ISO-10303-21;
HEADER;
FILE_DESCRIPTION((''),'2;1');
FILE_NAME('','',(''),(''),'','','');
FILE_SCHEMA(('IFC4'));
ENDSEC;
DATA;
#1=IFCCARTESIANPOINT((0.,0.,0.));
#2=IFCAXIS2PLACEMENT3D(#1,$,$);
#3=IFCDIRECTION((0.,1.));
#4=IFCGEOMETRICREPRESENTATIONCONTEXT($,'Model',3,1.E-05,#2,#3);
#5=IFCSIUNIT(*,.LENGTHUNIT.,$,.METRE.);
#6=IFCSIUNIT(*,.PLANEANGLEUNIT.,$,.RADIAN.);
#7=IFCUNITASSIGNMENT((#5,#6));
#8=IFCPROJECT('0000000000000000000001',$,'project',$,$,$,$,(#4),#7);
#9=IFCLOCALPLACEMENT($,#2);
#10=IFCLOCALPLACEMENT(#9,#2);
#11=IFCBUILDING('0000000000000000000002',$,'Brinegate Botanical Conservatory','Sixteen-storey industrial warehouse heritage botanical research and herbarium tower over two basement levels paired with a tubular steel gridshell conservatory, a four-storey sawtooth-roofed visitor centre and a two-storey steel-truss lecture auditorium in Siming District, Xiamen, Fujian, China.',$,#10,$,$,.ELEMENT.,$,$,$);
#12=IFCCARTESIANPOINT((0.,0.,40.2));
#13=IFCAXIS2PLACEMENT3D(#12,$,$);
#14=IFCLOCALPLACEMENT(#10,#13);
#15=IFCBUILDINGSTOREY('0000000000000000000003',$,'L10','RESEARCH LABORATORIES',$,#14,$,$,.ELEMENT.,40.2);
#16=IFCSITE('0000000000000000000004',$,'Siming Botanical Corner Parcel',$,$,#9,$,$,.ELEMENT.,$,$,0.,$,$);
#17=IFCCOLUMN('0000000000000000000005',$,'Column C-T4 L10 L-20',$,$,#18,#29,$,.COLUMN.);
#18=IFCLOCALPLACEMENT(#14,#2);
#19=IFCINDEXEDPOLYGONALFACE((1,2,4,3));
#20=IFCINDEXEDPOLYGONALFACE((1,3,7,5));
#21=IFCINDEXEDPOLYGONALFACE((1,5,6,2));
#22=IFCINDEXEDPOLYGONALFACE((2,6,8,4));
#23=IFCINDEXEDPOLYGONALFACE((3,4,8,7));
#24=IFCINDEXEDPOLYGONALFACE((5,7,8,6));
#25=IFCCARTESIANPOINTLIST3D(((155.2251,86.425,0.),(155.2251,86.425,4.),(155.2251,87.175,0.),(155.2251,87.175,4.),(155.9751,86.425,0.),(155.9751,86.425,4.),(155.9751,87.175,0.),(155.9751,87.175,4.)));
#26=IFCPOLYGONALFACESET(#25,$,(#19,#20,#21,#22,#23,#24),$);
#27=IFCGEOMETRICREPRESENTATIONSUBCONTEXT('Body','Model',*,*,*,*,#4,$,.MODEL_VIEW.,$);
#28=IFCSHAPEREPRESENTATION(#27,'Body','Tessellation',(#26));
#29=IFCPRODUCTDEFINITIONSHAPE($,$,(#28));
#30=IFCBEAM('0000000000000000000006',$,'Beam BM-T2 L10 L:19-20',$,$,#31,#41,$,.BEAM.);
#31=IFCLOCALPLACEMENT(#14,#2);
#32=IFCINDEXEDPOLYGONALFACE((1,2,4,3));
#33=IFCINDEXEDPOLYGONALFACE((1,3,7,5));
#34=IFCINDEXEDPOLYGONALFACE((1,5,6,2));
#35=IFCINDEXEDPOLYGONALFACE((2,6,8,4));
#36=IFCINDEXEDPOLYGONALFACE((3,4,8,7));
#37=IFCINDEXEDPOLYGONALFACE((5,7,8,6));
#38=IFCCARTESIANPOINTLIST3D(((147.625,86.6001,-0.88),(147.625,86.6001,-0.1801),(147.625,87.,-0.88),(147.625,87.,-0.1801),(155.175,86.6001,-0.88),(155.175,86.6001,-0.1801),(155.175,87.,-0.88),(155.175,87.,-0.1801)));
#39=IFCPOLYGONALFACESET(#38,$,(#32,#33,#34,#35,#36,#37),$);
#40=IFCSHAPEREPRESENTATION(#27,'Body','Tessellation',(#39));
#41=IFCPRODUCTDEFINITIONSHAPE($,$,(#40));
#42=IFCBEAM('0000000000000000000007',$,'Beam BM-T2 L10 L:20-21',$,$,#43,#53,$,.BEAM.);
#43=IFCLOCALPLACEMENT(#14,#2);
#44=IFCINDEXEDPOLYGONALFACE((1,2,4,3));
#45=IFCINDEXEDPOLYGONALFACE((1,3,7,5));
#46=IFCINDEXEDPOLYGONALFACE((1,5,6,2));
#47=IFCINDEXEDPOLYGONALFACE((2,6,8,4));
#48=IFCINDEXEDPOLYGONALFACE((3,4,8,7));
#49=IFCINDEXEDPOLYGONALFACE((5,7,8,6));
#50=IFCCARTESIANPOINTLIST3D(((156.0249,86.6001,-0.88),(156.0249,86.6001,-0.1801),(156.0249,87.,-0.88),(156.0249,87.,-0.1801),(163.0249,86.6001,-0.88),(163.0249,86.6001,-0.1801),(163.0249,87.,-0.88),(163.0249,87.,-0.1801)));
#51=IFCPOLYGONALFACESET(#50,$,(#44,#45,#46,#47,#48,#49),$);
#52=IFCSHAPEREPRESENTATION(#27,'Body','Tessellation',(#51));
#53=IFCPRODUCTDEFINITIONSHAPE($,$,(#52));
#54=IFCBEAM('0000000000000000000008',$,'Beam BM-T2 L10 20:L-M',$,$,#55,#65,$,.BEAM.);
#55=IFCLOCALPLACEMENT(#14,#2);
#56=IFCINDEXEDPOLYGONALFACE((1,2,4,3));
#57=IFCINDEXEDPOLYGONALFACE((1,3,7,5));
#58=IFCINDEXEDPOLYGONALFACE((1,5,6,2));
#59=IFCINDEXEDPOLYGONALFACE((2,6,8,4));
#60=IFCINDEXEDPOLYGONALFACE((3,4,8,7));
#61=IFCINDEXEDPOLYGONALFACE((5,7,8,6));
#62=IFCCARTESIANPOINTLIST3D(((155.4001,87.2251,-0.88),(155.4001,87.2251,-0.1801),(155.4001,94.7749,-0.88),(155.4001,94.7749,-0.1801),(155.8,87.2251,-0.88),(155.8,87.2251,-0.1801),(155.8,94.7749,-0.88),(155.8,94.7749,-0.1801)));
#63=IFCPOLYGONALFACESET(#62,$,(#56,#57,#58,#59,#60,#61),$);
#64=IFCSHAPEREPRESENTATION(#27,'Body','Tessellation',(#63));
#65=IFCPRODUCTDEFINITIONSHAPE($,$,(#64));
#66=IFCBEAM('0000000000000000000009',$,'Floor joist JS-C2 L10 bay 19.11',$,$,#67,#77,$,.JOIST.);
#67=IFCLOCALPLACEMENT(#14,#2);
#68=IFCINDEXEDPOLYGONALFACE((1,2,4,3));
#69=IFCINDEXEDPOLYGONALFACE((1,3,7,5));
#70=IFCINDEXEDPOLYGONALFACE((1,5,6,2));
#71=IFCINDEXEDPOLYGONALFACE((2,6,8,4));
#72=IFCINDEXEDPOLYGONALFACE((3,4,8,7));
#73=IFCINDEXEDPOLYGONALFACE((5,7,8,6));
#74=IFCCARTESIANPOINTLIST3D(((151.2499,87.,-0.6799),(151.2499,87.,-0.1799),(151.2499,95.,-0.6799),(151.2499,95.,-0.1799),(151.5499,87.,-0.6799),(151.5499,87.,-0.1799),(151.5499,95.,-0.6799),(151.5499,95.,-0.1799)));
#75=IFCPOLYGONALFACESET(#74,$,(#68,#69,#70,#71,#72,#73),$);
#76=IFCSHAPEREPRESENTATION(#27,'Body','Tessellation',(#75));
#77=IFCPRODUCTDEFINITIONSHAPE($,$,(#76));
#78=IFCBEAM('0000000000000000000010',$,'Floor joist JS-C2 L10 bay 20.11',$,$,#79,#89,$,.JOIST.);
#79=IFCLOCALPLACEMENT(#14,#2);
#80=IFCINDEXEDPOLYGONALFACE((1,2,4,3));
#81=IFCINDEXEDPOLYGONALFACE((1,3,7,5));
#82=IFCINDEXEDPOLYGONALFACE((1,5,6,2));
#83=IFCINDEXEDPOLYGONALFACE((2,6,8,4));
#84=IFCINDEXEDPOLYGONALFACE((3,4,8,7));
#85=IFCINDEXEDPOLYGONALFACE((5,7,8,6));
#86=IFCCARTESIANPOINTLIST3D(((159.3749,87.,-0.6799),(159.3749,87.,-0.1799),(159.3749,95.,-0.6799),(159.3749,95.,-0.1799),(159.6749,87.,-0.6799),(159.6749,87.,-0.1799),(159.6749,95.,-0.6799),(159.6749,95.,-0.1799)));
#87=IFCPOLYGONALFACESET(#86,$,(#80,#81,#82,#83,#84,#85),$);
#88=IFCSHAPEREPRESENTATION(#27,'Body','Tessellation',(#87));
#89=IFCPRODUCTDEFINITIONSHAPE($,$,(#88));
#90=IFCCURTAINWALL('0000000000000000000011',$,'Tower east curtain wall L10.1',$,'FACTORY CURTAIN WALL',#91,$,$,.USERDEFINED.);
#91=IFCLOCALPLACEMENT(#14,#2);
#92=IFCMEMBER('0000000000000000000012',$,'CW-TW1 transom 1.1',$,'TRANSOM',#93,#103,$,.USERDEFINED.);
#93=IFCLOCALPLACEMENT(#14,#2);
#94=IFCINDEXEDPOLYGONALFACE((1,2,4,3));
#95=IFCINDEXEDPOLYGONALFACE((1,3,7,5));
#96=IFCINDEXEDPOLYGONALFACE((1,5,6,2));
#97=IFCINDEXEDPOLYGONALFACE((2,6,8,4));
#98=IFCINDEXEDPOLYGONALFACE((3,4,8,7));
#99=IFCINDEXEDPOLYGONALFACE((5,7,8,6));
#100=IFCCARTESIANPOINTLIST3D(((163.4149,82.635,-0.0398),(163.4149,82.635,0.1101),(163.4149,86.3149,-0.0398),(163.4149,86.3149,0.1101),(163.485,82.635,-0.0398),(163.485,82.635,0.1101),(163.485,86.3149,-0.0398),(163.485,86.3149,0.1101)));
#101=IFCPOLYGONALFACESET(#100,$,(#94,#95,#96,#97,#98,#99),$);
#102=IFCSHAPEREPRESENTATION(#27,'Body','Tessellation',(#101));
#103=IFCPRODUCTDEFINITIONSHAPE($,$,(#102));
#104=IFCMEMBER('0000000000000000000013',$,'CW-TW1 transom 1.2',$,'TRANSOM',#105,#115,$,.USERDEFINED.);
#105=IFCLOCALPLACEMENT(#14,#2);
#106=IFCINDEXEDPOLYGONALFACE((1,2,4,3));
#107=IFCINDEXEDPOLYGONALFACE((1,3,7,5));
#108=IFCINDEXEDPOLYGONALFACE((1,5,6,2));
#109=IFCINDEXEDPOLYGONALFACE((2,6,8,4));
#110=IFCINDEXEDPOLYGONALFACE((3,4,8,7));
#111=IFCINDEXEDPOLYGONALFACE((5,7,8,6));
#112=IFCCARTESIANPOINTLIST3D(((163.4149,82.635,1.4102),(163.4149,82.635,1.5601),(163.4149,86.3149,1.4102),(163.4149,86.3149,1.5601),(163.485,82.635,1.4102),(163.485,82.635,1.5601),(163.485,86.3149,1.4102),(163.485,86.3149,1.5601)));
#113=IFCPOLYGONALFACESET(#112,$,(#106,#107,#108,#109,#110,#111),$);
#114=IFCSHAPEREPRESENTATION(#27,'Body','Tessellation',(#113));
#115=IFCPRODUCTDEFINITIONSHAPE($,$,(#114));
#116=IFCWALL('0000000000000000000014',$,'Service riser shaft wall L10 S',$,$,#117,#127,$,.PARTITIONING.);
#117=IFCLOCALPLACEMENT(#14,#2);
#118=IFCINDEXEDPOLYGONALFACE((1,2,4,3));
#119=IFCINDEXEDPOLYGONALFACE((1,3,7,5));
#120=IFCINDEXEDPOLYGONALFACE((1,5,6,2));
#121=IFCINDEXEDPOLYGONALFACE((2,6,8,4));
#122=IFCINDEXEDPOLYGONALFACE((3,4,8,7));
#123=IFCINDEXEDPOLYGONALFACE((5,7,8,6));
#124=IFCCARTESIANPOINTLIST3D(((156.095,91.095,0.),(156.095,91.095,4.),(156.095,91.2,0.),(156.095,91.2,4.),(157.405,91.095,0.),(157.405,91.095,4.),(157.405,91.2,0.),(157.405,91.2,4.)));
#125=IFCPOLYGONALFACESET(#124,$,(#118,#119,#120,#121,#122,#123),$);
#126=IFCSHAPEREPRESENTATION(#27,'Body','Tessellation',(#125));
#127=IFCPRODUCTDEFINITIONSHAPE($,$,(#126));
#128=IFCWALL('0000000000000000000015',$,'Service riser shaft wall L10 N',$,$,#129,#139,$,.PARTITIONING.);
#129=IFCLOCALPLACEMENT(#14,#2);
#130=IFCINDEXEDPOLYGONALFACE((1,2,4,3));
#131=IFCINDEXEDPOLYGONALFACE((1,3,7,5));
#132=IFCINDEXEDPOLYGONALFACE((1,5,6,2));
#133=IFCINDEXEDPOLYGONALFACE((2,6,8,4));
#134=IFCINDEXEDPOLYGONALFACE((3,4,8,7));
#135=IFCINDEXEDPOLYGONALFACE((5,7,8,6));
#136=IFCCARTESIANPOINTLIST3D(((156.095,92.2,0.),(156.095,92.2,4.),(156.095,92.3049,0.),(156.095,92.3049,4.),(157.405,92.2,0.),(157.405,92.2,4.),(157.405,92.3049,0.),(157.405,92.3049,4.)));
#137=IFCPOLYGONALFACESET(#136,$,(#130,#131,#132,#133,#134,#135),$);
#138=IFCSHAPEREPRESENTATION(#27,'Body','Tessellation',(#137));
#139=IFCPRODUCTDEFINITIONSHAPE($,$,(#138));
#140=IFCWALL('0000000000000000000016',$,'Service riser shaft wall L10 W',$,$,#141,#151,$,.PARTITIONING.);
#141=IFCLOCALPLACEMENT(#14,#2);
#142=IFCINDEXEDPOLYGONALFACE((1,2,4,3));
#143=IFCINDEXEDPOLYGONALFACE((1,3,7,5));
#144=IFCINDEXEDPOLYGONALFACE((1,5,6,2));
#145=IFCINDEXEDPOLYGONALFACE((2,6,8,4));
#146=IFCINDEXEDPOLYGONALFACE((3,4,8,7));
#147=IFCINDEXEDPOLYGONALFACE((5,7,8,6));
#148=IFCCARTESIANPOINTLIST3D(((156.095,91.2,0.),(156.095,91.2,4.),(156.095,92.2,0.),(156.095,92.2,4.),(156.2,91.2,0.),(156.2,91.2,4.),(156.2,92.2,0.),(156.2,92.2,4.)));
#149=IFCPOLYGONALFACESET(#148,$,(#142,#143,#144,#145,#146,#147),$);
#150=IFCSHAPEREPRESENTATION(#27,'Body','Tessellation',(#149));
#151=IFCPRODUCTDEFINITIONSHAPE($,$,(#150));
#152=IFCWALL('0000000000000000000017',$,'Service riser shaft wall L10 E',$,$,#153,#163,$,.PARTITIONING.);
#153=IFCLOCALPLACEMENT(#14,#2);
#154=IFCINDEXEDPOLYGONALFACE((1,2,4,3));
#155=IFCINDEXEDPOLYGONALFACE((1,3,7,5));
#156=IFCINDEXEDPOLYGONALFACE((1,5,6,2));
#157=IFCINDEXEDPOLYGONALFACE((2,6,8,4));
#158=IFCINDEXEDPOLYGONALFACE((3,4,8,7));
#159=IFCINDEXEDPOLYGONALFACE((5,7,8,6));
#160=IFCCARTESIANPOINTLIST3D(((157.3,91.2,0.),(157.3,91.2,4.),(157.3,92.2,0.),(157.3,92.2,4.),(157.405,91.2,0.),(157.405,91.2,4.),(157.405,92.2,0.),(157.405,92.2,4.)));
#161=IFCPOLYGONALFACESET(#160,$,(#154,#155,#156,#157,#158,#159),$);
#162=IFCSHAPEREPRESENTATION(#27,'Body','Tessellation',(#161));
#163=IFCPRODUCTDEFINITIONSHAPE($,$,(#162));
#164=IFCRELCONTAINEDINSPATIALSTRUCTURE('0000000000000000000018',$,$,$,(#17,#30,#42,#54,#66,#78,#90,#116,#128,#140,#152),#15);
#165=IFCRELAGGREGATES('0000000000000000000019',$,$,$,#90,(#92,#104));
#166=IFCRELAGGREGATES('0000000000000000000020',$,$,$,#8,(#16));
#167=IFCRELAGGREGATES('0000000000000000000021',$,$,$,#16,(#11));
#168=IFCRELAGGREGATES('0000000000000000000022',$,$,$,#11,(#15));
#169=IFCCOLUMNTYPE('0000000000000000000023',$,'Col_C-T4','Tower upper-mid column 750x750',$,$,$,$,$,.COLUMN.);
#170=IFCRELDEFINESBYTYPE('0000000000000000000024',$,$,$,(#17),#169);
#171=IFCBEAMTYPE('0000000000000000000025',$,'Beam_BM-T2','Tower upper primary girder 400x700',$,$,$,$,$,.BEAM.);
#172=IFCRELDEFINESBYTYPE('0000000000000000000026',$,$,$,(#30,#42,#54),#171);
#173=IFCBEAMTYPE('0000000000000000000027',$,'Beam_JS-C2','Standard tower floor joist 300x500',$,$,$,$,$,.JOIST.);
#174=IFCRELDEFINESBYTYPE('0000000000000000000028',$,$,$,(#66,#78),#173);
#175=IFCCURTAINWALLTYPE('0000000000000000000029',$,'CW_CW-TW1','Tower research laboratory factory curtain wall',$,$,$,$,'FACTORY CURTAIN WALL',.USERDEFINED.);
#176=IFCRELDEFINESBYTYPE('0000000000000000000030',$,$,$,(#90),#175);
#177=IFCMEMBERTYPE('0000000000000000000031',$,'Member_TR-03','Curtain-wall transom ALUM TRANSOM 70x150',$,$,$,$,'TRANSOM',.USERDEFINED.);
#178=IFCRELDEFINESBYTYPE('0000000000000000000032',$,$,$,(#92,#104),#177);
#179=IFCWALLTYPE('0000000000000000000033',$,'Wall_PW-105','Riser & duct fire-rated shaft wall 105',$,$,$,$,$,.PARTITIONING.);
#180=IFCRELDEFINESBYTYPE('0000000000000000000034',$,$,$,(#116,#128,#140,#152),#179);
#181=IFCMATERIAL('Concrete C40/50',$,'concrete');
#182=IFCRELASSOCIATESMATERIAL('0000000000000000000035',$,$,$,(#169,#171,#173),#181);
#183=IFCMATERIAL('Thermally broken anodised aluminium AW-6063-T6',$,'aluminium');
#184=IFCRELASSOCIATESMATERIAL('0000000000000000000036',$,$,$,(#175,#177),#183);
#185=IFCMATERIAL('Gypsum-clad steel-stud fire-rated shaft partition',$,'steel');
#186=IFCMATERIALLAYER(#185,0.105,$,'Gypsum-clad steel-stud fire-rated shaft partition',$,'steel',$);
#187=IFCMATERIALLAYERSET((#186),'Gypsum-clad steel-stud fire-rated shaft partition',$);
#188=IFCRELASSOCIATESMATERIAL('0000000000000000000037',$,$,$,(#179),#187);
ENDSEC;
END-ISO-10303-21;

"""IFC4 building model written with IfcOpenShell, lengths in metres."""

from ifc_helpers import new_model, si_unit, direction, frame, frame_2d, origin, origin_2d, place, context, subcontext, project, spatial, rectangle, extrude, material, layer, layer_set, material_profile, profile_set, type_object, element, aggregate, save


model = new_model("IFC4")

# Units and contexts
model_context = context("Model", 3, precision=1e-05, world=origin(), true_north=direction((0.0, 1.0)))
body_context = subcontext(model_context, "Body", "Model", "MODEL_VIEW")
ifc_project = project(units=[si_unit("LENGTHUNIT", "METRE"), si_unit("PLANEANGLEUNIT", "RADIAN")], contexts=[model_context])

# Site, building, storey
site_placement = place(None, origin())
site = spatial("IfcSite", under=ifc_project, at=site_placement, Name="Siming Botanical Corner Parcel", CompositionType="ELEMENT", RefElevation=0.0)
building_placement = place(site_placement, origin())
building = spatial("IfcBuilding", under=site, at=building_placement, Name="Brinegate Botanical Conservatory", Description="Sixteen-storey industrial warehouse heritage botanical research and herbarium tower over two basement levels paired with a tubular steel gridshell conservatory, a four-storey sawtooth-roofed visitor centre and a two-storey steel-truss lecture auditorium in Siming District, Xiamen, Fujian, China.", CompositionType="ELEMENT")
storey_placement = place(building_placement, frame((0.0, 0.0, 40.2)))
storey = spatial("IfcBuildingStorey", under=building, at=storey_placement, Name="L10", Description="RESEARCH LABORATORIES", CompositionType="ELEMENT", Elevation=40.2)

# Column
ifc_material_1 = material(Name="Concrete C40/50", Category="concrete")
ifc_material_profile_1 = material_profile(ifc_material_1, rectangle(XDim=0.75, YDim=0.75, at=origin_2d()), Name="RC COL 750x750")
ifc_profile_set_1 = profile_set([ifc_material_profile_1], Name="Concrete C40/50")
column_type = type_object("IfcColumnType", Name="Col_C-T4", Description="Tower upper-mid column 750x750", PredefinedType="COLUMN", material=ifc_profile_set_1)
column_placement = place(storey_placement, frame((155.6001, 86.8, 0.0), z_axis=(0.0, 0.0, 1.0), x_axis=(1.0, 0.0, 0.0)))
element("IfcColumn", 1, at=column_placement, inside=storey, type_object=column_type, Name="Column C-T4 L10 L-20", PredefinedType="COLUMN", context=body_context, shape_type="SweptSolid", body=[
    extrude(rectangle(XDim=0.75, YDim=0.75, at=origin_2d()), origin(), (0.0, 0.0, 1.0), 4.0),
])

# Beams
ifc_material_profile_2 = material_profile(ifc_material_1, rectangle(XDim=0.3999, YDim=0.7, at=origin_2d()), Name="RC BM 400x700")
ifc_profile_set_2 = profile_set([ifc_material_profile_2], Name="Concrete C40/50")
beam_type_1 = type_object("IfcBeamType", Name="Beam_BM-T2", Description="Tower upper primary girder 400x700", PredefinedType="BEAM", material=ifc_profile_set_2)
beam_1_placement = place(storey_placement, frame((147.625, 86.8, -0.53), z_axis=(1.0, 0.0, 0.0), x_axis=(0.0, 1.0, 0.0)))
element("IfcBeam", 2, at=beam_1_placement, inside=storey, type_object=beam_type_1, Name="Beam BM-T2 L10 L:19-20", PredefinedType="BEAM", context=body_context, shape_type="SweptSolid", body=[
    extrude(rectangle(XDim=0.3999, YDim=0.7, at=origin_2d()), origin(), (0.0, 0.0, 1.0), 7.55),
])
beam_2_placement = place(storey_placement, frame((156.0249, 86.8, -0.53), z_axis=(1.0, 0.0, 0.0), x_axis=(0.0, 1.0, 0.0)))
element("IfcBeam", 3, at=beam_2_placement, inside=storey, type_object=beam_type_1, Name="Beam BM-T2 L10 L:20-21", PredefinedType="BEAM", context=body_context, shape_type="SweptSolid", body=[
    extrude(rectangle(XDim=0.3999, YDim=0.7, at=origin_2d()), origin(), (0.0, 0.0, 1.0), 7.0),
])
beam_3_placement = place(storey_placement, frame((155.6001, 87.2251, -0.53), z_axis=(0.0, 1.0, 0.0), x_axis=(-1.0, 0.0, 0.0)))
element("IfcBeam", 4, at=beam_3_placement, inside=storey, type_object=beam_type_1, Name="Beam BM-T2 L10 20:L-M", PredefinedType="BEAM", context=body_context, shape_type="SweptSolid", body=[
    extrude(rectangle(XDim=0.3999, YDim=0.7, at=origin_2d()), origin(), (0.0, 0.0, 1.0), 7.5498),
])
ifc_material_profile_3 = material_profile(ifc_material_1, rectangle(XDim=0.3, YDim=0.5, at=origin_2d()), Name="RC JST 300x500")
ifc_profile_set_3 = profile_set([ifc_material_profile_3], Name="Concrete C40/50")
beam_type_2 = type_object("IfcBeamType", Name="Beam_JS-C2", Description="Standard tower floor joist 300x500", PredefinedType="JOIST", material=ifc_profile_set_3)
for number, where, z_axis, x_axis, name in (
    (5, (151.3999, 87.0, -0.4299), (0.0, 1.0, 0.0), (-1.0, 0.0, 0.0), "Floor joist JS-C2 L10 bay 19.11"),
    (6, (159.5249, 87.0, -0.4299), (0.0, 1.0, 0.0), (-1.0, 0.0, 0.0), "Floor joist JS-C2 L10 bay 20.11"),
):
    element("IfcBeam", number, at=place(storey_placement, frame(where, z_axis=z_axis, x_axis=x_axis)), inside=storey, type_object=beam_type_2, Name=name, PredefinedType="JOIST", context=body_context, shape_type="SweptSolid", body=[
        extrude(rectangle(XDim=0.3, YDim=0.5, at=origin_2d()), origin(), (0.0, 0.0, 1.0), 8.0),
    ])

# Curtain wall, members
ifc_material_2 = material(Name="Thermally broken anodised aluminium AW-6063-T6", Category="aluminium")
curtain_wall_type = type_object("IfcCurtainWallType", Name="CW_CW-TW1", Description="Tower research laboratory factory curtain wall", ElementType="FACTORY CURTAIN WALL", PredefinedType="USERDEFINED", material=ifc_material_2)
curtain_wall_placement = place(storey_placement, origin())
curtain_wall = element("IfcCurtainWall", 7, at=curtain_wall_placement, inside=storey, type_object=curtain_wall_type, Name="Tower east curtain wall L10.1", ObjectType="FACTORY CURTAIN WALL", PredefinedType="USERDEFINED")
ifc_material_profile_4 = material_profile(ifc_material_2, rectangle(XDim=0.0701, YDim=0.1499, at=origin_2d()), Name="ALUM TRANSOM 70x150")
ifc_profile_set_4 = profile_set([ifc_material_profile_4], Name="Thermally broken anodised aluminium AW-6063-T6")
member_type = type_object("IfcMemberType", Name="Member_TR-03", Description="Curtain-wall transom ALUM TRANSOM 70x150", ElementType="TRANSOM", PredefinedType="USERDEFINED", material=ifc_profile_set_4)
member_1_placement = place(storey_placement, frame((163.45, 86.3149, 0.0352), z_axis=(0.0, -1.0, 0.0), x_axis=(1.0, 0.0, 0.0)))
member_1 = element("IfcMember", 8, at=member_1_placement, type_object=member_type, Name="CW-TW1 transom 1.1", ObjectType="TRANSOM", PredefinedType="USERDEFINED", context=body_context, shape_type="SweptSolid", body=[
    extrude(rectangle(XDim=0.0701, YDim=0.1499, at=origin_2d()), origin(), (0.0, 0.0, 1.0), 3.6799),
])
member_2_placement = place(storey_placement, frame((163.45, 86.3149, 1.4851), z_axis=(0.0, -1.0, 0.0), x_axis=(1.0, 0.0, 0.0)))
member_2 = element("IfcMember", 9, at=member_2_placement, type_object=member_type, Name="CW-TW1 transom 1.2", ObjectType="TRANSOM", PredefinedType="USERDEFINED", context=body_context, shape_type="SweptSolid", body=[
    extrude(rectangle(XDim=0.0701, YDim=0.1499, at=origin_2d()), origin(), (0.0, 0.0, 1.0), 3.6799),
])
aggregate(curtain_wall, [member_1, member_2])

# Walls
ifc_material_3 = material(Name="Gypsum-clad steel-stud fire-rated shaft partition", Category="steel")
ifc_layer_1 = layer(ifc_material_3, 0.105, Name="Gypsum-clad steel-stud fire-rated shaft partition", Category="steel")
ifc_layer_set_1 = layer_set([ifc_layer_1], Name="Gypsum-clad steel-stud fire-rated shaft partition")
wall_type_1 = type_object("IfcWallType", Name="Wall_PW-105", Description="Riser & duct fire-rated shaft wall 105", PredefinedType="PARTITIONING", material=ifc_layer_set_1)
for number, where, z_axis, x_axis, name in (
    (10, (156.095, 91.1475, 0.0), (0.0, 0.0, 1.0), (1.0, 0.0, 0.0), "Service riser shaft wall L10 S"),
    (11, (156.095, 92.2524, 0.0), (0.0, 0.0, 1.0), (1.0, 0.0, 0.0), "Service riser shaft wall L10 N"),
):
    element("IfcWall", number, at=place(storey_placement, frame(where, z_axis=z_axis, x_axis=x_axis)), inside=storey, type_object=wall_type_1, Name=name, PredefinedType="PARTITIONING", context=body_context, shape_type="SweptSolid", body=[
        extrude(rectangle(XDim=1.3101, YDim=0.105, at=frame_2d((0.655, 0.0))), origin(), (0.0, 0.0, 1.0), 4.0),
    ])
for number, where, z_axis, x_axis, name in (
    (12, (156.1475, 91.2, 0.0), (0.0, 0.0, 1.0), (0.0, 1.0, 0.0), "Service riser shaft wall L10 W"),
    (13, (157.3525, 91.2, 0.0), (0.0, 0.0, 1.0), (0.0, 1.0, 0.0), "Service riser shaft wall L10 E"),
):
    element("IfcWall", number, at=place(storey_placement, frame(where, z_axis=z_axis, x_axis=x_axis)), inside=storey, type_object=wall_type_1, Name=name, PredefinedType="PARTITIONING", context=body_context, shape_type="SweptSolid", body=[
        extrude(rectangle(XDim=1.0, YDim=0.105, at=frame_2d((0.5, 0.0))), origin(), (0.0, 0.0, 1.0), 4.0),
    ])

save(model, "model.ifc")
